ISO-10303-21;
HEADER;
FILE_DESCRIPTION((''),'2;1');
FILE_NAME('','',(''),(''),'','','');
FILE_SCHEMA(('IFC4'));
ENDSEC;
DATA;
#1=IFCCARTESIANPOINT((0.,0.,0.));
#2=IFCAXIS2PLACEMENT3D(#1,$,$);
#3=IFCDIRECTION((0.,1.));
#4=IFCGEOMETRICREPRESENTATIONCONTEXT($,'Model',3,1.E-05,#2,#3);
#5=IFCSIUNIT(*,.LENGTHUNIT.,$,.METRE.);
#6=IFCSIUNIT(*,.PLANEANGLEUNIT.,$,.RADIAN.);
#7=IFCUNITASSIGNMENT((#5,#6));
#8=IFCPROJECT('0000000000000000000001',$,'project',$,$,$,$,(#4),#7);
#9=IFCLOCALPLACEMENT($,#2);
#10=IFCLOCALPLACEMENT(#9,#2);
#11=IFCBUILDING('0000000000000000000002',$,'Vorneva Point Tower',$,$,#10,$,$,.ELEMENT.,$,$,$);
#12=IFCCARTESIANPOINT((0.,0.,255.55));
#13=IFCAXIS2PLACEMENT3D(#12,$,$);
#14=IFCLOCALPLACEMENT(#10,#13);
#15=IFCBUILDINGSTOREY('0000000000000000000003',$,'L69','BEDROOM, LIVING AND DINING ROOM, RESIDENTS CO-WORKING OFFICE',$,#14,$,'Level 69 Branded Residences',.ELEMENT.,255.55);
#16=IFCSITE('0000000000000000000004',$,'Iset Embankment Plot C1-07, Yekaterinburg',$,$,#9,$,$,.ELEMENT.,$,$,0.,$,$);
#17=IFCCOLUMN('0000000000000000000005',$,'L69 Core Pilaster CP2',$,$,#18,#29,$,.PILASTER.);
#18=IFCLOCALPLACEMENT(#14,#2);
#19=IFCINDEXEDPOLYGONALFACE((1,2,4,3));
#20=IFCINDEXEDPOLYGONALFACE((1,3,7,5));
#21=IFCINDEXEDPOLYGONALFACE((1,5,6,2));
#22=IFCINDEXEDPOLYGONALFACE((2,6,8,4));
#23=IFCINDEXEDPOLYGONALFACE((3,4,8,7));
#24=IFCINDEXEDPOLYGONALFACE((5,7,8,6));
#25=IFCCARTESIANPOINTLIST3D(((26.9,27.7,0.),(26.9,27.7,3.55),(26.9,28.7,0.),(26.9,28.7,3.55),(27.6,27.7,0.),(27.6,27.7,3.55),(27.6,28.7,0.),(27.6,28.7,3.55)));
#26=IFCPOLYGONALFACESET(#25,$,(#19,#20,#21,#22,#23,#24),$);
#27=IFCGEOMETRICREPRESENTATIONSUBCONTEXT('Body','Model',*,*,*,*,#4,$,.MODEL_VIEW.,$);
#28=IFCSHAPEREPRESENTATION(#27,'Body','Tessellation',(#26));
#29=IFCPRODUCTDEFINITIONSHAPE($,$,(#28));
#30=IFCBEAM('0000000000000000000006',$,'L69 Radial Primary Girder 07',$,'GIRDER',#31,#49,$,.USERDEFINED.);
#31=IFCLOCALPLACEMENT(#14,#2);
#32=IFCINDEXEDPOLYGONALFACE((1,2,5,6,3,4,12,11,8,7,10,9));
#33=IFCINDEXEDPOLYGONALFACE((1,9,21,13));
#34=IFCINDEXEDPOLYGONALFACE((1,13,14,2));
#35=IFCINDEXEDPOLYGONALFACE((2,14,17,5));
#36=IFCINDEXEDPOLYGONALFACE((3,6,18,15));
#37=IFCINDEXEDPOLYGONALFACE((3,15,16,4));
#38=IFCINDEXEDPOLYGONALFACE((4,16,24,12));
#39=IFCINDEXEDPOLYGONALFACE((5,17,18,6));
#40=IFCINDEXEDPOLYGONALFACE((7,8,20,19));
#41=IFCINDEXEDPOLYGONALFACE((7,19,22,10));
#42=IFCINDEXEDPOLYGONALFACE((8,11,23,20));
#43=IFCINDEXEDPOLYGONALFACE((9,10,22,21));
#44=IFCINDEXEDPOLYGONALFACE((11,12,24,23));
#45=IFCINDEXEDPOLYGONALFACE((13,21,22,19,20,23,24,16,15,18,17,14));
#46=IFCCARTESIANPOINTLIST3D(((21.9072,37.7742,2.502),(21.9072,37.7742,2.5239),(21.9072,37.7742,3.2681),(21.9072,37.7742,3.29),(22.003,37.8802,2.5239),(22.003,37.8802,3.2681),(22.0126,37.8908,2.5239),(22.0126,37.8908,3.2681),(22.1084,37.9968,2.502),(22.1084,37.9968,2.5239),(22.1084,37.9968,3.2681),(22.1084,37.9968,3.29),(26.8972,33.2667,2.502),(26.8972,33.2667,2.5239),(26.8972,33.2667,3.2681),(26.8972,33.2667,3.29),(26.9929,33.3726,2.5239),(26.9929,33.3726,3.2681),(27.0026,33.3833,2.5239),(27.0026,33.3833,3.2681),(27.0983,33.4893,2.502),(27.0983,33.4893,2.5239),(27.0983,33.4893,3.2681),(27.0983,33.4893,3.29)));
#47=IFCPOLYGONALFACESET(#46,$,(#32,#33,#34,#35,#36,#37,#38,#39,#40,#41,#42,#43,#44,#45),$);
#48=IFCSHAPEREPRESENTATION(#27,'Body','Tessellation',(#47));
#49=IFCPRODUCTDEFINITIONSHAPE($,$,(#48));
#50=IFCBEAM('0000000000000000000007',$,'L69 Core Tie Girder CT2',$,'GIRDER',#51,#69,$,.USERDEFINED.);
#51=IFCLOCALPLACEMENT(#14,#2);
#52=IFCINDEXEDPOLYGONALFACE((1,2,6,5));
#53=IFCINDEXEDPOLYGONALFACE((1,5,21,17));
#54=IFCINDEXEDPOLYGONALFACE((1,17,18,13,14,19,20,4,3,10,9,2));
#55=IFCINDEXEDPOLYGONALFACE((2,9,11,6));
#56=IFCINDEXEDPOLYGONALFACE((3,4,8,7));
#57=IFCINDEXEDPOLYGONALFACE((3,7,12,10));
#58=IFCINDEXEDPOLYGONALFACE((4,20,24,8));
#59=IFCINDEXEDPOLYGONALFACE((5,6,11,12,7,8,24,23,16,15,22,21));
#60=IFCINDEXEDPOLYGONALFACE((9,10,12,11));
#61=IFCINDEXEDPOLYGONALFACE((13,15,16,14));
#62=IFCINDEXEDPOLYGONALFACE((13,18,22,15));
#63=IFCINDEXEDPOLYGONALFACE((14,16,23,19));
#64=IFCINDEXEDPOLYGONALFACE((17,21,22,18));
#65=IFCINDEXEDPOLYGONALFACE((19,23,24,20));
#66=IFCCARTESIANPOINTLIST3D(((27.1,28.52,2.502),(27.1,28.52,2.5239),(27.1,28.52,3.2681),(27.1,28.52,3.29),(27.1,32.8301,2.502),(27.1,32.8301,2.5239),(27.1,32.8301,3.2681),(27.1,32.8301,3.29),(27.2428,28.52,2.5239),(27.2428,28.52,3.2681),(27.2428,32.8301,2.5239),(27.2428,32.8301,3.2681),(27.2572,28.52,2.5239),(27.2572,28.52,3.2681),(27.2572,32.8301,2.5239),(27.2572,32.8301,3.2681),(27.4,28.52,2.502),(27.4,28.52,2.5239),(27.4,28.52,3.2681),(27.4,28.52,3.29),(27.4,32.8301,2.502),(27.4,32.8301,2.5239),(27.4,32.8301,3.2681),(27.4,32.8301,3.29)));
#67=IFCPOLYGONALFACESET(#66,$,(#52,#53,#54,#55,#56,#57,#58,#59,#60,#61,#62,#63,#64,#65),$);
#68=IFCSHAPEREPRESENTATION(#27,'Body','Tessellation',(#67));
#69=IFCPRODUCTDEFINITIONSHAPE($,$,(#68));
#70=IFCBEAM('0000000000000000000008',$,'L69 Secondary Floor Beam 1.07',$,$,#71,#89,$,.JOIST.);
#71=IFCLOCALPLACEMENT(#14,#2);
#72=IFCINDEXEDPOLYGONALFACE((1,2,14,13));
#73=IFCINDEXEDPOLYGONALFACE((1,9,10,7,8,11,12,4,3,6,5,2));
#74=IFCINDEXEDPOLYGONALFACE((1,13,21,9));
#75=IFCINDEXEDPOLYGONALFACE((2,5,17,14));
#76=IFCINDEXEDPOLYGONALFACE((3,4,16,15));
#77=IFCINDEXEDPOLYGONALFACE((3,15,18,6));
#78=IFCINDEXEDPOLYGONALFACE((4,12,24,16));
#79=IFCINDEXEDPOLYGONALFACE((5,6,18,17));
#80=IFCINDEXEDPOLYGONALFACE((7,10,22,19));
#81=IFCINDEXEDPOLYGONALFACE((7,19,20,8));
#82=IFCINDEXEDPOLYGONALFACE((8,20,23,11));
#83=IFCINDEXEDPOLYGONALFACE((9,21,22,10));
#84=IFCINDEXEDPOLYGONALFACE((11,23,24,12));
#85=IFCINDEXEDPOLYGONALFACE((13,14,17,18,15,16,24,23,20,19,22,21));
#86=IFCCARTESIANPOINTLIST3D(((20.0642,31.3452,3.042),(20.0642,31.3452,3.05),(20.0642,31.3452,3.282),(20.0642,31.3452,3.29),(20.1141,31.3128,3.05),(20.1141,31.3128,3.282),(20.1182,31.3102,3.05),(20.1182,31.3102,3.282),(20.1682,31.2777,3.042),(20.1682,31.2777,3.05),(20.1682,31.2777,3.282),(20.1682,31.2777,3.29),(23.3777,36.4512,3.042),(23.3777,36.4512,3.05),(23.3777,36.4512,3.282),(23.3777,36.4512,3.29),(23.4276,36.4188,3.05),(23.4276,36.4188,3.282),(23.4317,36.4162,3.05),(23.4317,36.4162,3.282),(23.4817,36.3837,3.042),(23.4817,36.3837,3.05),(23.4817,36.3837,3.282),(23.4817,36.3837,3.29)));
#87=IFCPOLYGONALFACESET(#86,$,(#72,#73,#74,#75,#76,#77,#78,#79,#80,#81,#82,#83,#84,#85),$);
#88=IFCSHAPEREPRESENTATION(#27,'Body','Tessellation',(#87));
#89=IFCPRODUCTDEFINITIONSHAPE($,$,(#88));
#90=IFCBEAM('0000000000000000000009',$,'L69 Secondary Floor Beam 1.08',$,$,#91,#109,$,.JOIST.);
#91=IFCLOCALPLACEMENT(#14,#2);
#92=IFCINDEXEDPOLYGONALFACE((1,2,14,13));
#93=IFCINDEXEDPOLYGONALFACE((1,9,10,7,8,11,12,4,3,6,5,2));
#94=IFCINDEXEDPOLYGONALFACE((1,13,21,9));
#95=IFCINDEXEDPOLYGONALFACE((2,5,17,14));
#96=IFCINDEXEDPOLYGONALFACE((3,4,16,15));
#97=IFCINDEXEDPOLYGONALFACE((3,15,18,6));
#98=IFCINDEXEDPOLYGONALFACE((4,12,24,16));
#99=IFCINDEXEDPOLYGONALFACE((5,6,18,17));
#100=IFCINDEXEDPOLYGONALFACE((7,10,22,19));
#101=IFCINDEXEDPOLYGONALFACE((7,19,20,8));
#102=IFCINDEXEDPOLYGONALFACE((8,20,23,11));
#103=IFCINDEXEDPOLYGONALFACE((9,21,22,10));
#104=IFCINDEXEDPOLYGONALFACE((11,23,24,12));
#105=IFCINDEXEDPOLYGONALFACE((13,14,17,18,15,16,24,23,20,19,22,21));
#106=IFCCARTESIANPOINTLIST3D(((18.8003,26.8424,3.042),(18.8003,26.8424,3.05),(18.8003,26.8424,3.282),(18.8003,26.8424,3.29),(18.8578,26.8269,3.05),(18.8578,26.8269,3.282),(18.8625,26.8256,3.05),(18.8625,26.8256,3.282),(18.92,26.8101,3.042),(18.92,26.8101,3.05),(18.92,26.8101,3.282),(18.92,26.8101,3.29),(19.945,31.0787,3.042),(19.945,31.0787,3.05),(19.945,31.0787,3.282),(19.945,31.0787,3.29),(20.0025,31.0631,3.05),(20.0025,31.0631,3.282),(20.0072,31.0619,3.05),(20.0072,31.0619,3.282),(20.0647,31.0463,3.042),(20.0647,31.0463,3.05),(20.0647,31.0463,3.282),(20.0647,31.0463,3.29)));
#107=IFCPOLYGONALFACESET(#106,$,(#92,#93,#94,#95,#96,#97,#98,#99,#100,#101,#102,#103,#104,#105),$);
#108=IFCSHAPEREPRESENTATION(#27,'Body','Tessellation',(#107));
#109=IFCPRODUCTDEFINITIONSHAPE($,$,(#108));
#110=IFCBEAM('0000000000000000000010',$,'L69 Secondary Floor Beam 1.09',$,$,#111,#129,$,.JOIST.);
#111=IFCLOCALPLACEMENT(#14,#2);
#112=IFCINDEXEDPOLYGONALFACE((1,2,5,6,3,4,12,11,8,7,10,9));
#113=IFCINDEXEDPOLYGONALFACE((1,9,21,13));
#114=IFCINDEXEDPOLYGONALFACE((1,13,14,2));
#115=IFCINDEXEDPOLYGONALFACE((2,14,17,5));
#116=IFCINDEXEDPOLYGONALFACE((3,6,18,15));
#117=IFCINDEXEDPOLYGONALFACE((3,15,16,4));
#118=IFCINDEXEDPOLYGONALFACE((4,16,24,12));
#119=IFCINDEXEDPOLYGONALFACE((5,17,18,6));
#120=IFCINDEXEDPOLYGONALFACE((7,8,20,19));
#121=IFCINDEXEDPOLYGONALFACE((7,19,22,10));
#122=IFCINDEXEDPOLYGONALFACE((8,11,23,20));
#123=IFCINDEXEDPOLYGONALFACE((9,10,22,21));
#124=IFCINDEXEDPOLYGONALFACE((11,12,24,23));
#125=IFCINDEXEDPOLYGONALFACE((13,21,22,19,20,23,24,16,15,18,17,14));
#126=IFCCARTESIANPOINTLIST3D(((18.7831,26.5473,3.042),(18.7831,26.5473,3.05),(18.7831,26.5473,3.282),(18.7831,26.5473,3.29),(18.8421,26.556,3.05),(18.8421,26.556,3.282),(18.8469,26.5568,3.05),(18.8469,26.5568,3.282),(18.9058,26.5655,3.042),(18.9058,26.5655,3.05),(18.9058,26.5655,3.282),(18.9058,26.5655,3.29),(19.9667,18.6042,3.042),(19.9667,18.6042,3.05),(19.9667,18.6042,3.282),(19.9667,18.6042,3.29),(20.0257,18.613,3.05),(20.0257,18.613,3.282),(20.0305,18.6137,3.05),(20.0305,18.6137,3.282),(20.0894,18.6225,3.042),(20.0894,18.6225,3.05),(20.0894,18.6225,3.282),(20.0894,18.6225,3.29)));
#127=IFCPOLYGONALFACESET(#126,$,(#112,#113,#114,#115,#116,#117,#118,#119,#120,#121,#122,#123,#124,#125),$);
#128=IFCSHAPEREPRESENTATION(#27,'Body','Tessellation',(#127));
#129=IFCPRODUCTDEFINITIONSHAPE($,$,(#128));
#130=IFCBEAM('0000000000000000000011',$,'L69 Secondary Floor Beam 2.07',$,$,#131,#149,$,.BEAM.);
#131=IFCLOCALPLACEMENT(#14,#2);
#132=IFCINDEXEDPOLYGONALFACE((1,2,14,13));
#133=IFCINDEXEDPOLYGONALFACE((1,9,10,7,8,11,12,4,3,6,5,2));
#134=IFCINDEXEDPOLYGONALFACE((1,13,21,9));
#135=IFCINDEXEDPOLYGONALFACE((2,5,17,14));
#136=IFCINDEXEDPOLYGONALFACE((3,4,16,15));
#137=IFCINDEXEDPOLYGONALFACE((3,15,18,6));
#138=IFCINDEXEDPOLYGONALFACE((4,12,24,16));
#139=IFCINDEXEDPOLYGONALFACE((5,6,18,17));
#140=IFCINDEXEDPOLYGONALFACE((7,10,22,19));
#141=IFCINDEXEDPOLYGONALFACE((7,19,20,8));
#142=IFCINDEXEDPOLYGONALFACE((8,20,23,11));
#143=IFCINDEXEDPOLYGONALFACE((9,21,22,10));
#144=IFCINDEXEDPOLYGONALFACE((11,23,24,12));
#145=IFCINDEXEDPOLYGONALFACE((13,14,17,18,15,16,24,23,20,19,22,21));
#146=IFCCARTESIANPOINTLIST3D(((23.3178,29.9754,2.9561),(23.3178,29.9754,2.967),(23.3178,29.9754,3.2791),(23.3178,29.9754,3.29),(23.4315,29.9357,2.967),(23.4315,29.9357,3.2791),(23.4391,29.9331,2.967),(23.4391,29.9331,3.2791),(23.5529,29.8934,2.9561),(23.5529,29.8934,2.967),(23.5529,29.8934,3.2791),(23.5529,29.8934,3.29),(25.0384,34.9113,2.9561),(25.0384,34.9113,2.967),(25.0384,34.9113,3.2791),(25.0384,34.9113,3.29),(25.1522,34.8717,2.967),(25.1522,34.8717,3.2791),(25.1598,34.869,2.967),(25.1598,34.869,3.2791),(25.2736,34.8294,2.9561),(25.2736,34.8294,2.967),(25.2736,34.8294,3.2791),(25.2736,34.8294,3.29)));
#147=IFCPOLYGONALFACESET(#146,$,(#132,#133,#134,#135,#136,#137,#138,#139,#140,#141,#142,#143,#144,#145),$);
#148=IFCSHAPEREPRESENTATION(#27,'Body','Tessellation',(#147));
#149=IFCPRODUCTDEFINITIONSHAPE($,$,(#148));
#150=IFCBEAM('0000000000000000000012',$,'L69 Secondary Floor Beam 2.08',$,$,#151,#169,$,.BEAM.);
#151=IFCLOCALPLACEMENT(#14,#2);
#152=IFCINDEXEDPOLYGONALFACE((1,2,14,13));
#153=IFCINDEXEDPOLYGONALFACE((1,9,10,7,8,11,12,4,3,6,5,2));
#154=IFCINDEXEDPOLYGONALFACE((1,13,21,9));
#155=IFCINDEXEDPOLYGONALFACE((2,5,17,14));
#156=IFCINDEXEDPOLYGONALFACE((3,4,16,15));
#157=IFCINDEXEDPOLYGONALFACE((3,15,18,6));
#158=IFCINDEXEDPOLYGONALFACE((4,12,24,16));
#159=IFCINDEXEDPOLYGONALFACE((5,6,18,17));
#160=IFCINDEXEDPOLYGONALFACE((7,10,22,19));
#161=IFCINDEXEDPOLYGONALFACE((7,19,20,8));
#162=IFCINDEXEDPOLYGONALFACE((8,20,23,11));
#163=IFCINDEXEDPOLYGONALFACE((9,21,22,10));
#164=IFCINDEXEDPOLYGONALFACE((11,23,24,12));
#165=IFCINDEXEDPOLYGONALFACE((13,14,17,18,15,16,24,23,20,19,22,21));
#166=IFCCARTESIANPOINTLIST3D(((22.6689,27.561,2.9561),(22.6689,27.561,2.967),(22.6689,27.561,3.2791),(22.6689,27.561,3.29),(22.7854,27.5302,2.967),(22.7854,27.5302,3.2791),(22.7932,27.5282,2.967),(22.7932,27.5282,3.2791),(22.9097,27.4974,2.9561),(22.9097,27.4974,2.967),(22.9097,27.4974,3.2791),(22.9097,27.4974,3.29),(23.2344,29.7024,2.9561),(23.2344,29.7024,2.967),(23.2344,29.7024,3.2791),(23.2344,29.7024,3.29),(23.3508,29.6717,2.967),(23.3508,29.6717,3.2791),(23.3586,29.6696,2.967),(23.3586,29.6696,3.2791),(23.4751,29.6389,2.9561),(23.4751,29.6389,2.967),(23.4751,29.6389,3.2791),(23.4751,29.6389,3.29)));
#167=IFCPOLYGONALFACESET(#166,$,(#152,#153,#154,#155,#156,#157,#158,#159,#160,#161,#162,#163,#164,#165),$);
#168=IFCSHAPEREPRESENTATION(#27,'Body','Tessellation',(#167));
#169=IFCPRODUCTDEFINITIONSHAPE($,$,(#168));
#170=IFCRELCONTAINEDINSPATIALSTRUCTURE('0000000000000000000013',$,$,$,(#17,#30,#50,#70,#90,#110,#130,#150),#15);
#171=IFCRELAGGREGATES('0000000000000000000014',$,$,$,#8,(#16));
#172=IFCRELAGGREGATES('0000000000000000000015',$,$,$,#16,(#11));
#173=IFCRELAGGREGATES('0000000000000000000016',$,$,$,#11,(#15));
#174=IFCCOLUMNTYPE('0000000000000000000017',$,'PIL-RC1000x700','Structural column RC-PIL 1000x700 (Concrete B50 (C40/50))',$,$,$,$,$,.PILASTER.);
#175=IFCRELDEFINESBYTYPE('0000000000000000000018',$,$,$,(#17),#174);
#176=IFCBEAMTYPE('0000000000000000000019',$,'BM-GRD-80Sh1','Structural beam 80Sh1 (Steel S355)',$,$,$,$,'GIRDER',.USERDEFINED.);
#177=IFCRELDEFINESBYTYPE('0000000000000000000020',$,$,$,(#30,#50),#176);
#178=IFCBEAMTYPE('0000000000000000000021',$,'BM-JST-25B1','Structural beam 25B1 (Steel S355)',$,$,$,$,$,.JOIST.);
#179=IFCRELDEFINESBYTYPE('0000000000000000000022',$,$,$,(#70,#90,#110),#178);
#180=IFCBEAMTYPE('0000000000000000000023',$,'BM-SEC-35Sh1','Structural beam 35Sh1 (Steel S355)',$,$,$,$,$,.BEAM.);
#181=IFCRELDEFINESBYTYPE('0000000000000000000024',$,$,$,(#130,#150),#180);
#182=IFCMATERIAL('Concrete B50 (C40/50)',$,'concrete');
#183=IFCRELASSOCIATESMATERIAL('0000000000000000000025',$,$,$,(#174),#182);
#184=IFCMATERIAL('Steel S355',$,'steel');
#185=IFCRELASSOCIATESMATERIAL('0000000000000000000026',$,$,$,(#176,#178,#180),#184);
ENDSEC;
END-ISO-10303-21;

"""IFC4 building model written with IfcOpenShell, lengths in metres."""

from ifc_helpers import new_model, si_unit, direction, frame, origin, origin_2d, place, context, subcontext, project, spatial, rectangle, i_section, extrude, material, material_profile, profile_set, type_object, element, save


model = new_model("IFC4")

# Units and contexts
model_context = context("Model", 3, precision=1e-05, world=origin(), true_north=direction((0.0, 1.0)))
body_context = subcontext(model_context, "Body", "Model", "MODEL_VIEW")
ifc_project = project(units=[si_unit("LENGTHUNIT", "METRE"), si_unit("PLANEANGLEUNIT", "RADIAN")], contexts=[model_context])

# Site, building, storey
site_placement = place(None, origin())
site = spatial("IfcSite", under=ifc_project, at=site_placement, Name="Iset Embankment Plot C1-07, Yekaterinburg", CompositionType="ELEMENT", RefElevation=0.0)
building_placement = place(site_placement, origin())
building = spatial("IfcBuilding", under=site, at=building_placement, Name="Vorneva Point Tower", CompositionType="ELEMENT")
storey_placement = place(building_placement, frame((0.0, 0.0, 255.55)))
storey = spatial("IfcBuildingStorey", under=building, at=storey_placement, Name="L69", Description="BEDROOM, LIVING AND DINING ROOM, RESIDENTS CO-WORKING OFFICE", LongName="Level 69 Branded Residences", CompositionType="ELEMENT", Elevation=255.55)

# Column
ifc_material_1 = material(Name="Concrete B50 (C40/50)", Category="concrete")
ifc_material_profile_1 = material_profile(ifc_material_1, rectangle(XDim=0.7, YDim=1.0, at=origin_2d()), Name="RC-PIL 1000x700")
ifc_profile_set_1 = profile_set([ifc_material_profile_1], Name="Concrete B50 (C40/50)")
column_type_1 = type_object("IfcColumnType", Name="PIL-RC1000x700", Description="Structural column RC-PIL 1000x700 (Concrete B50 (C40/50))", PredefinedType="PILASTER", material=ifc_profile_set_1)
column_1_placement = place(storey_placement, frame((27.25, 28.2, 0.0), z_axis=(0.0, 0.0, 1.0), x_axis=(1.0, 0.0, 0.0)))
element("IfcColumn", 1, at=column_1_placement, inside=storey, type_object=column_type_1, Name="L69 Core Pilaster CP2", PredefinedType="PILASTER", context=body_context, shape_type="SweptSolid", body=[
    extrude(rectangle(XDim=0.7, YDim=1.0, at=origin_2d()), origin(), (0.0, 0.0, 1.0), 3.55),
])

# Beams
ifc_material_2 = material(Name="Steel S355", Category="steel")
ifc_material_profile_2 = material_profile(ifc_material_2, i_section(OverallWidth=0.3, OverallDepth=0.7881, WebThickness=0.0144, FlangeThickness=0.022, at=origin_2d()), Name="80Sh1")
ifc_profile_set_2 = profile_set([ifc_material_profile_2], Name="Steel S355")
beam_type_1 = type_object("IfcBeamType", Name="BM-GRD-80Sh1", Description="Structural beam 80Sh1 (Steel S355)", ElementType="GIRDER", PredefinedType="USERDEFINED", material=ifc_profile_set_2)
beam_1_placement = place(storey_placement, frame((22.0078, 37.8855, 2.896), z_axis=(0.742067, -0.670326, 0.0), x_axis=(0.670326, 0.742067, 0.0)))
element("IfcBeam", 2, at=beam_1_placement, inside=storey, type_object=beam_type_1, Name="L69 Radial Primary Girder 07", ObjectType="GIRDER", PredefinedType="USERDEFINED", context=body_context, shape_type="SweptSolid", body=[
    extrude(i_section(OverallWidth=0.3, OverallDepth=0.7881, WebThickness=0.0144, FlangeThickness=0.022, at=origin_2d()), origin(), (0.0, 0.0, 1.0), 6.7244),
])
beam_2_placement = place(storey_placement, frame((27.25, 28.52, 2.896), z_axis=(0.0, 1.0, 0.0), x_axis=(-1.0, 0.0, 0.0)))
element("IfcBeam", 3, at=beam_2_placement, inside=storey, type_object=beam_type_1, Name="L69 Core Tie Girder CT2", ObjectType="GIRDER", PredefinedType="USERDEFINED", context=body_context, shape_type="SweptSolid", body=[
    extrude(i_section(OverallWidth=0.3, OverallDepth=0.7881, WebThickness=0.0144, FlangeThickness=0.022, at=origin_2d()), origin(), (0.0, 0.0, 1.0), 4.3101),
])
ifc_material_profile_3 = material_profile(ifc_material_2, i_section(OverallWidth=0.124, OverallDepth=0.248, WebThickness=0.0049, FlangeThickness=0.0081, at=origin_2d()), Name="25B1")
ifc_profile_set_3 = profile_set([ifc_material_profile_3], Name="Steel S355")
beam_type_2 = type_object("IfcBeamType", Name="BM-JST-25B1", Description="Structural beam 25B1 (Steel S355)", PredefinedType="JOIST", material=ifc_profile_set_3)
beam_3_placement = place(storey_placement, frame((23.4297, 36.4175, 3.166), z_axis=(-0.544365, -0.838848, 0.0), x_axis=(0.838848, -0.544365, 0.0)))
element("IfcBeam", 4, at=beam_3_placement, inside=storey, type_object=beam_type_2, Name="L69 Secondary Floor Beam 1.07", PredefinedType="JOIST", context=body_context, shape_type="SweptSolid", body=[
    extrude(i_section(OverallWidth=0.124, OverallDepth=0.248, WebThickness=0.0049, FlangeThickness=0.0081, at=origin_2d()), origin(), (0.0, 0.0, 1.0), 6.0869),
])
beam_4_placement = place(storey_placement, frame((20.0049, 31.0625, 3.166), z_axis=(-0.260871, -0.965374, 0.0), x_axis=(0.965374, -0.260871, 0.0)))
element("IfcBeam", 5, at=beam_4_placement, inside=storey, type_object=beam_type_2, Name="L69 Secondary Floor Beam 1.08", PredefinedType="JOIST", context=body_context, shape_type="SweptSolid", body=[
    extrude(i_section(OverallWidth=0.124, OverallDepth=0.248, WebThickness=0.0049, FlangeThickness=0.0081, at=origin_2d()), origin(), (0.0, 0.0, 1.0), 4.3882),
])
beam_5_placement = place(storey_placement, frame((18.8445, 26.5564, 3.166), z_axis=(0.147382, -0.98908, 0.0), x_axis=(0.98908, 0.147382, 0.0)))
element("IfcBeam", 6, at=beam_5_placement, inside=storey, type_object=beam_type_2, Name="L69 Secondary Floor Beam 1.09", PredefinedType="JOIST", context=body_context, shape_type="SweptSolid", body=[
    extrude(i_section(OverallWidth=0.124, OverallDepth=0.248, WebThickness=0.0049, FlangeThickness=0.0081, at=origin_2d()), origin(), (0.0, 0.0, 1.0), 8.0308),
])
ifc_material_profile_4 = material_profile(ifc_material_2, i_section(OverallWidth=0.249, OverallDepth=0.334, WebThickness=0.0081, FlangeThickness=0.011, at=origin_2d()), Name="35Sh1")
ifc_profile_set_4 = profile_set([ifc_material_profile_4], Name="Steel S355")
beam_type_3 = type_object("IfcBeamType", Name="BM-SEC-35Sh1", Description="Structural beam 35Sh1 (Steel S355)", PredefinedType="BEAM", material=ifc_profile_set_4)
beam_6_placement = place(storey_placement, frame((25.156, 34.8704, 3.123), z_axis=(-0.329173, -0.94427, 0.0), x_axis=(0.94427, -0.329173, 0.0)))
element("IfcBeam", 7, at=beam_6_placement, inside=storey, type_object=beam_type_3, Name="L69 Secondary Floor Beam 2.07", PredefinedType="BEAM", context=body_context, shape_type="SweptSolid", body=[
    extrude(i_section(OverallWidth=0.249, OverallDepth=0.334, WebThickness=0.0081, FlangeThickness=0.011, at=origin_2d()), origin(), (0.0, 0.0, 1.0), 5.2273),
])
beam_7_placement = place(storey_placement, frame((23.3547, 29.6707, 3.123), z_axis=(-0.255302, -0.966861, 0.0), x_axis=(0.966861, -0.255302, 0.0)))
element("IfcBeam", 8, at=beam_7_placement, inside=storey, type_object=beam_type_3, Name="L69 Secondary Floor Beam 2.08", PredefinedType="BEAM", context=body_context, shape_type="SweptSolid", body=[
    extrude(i_section(OverallWidth=0.249, OverallDepth=0.334, WebThickness=0.0081, FlangeThickness=0.011, at=origin_2d()), origin(), (0.0, 0.0, 1.0), 2.2148),
])

save(model, "model.ifc")
